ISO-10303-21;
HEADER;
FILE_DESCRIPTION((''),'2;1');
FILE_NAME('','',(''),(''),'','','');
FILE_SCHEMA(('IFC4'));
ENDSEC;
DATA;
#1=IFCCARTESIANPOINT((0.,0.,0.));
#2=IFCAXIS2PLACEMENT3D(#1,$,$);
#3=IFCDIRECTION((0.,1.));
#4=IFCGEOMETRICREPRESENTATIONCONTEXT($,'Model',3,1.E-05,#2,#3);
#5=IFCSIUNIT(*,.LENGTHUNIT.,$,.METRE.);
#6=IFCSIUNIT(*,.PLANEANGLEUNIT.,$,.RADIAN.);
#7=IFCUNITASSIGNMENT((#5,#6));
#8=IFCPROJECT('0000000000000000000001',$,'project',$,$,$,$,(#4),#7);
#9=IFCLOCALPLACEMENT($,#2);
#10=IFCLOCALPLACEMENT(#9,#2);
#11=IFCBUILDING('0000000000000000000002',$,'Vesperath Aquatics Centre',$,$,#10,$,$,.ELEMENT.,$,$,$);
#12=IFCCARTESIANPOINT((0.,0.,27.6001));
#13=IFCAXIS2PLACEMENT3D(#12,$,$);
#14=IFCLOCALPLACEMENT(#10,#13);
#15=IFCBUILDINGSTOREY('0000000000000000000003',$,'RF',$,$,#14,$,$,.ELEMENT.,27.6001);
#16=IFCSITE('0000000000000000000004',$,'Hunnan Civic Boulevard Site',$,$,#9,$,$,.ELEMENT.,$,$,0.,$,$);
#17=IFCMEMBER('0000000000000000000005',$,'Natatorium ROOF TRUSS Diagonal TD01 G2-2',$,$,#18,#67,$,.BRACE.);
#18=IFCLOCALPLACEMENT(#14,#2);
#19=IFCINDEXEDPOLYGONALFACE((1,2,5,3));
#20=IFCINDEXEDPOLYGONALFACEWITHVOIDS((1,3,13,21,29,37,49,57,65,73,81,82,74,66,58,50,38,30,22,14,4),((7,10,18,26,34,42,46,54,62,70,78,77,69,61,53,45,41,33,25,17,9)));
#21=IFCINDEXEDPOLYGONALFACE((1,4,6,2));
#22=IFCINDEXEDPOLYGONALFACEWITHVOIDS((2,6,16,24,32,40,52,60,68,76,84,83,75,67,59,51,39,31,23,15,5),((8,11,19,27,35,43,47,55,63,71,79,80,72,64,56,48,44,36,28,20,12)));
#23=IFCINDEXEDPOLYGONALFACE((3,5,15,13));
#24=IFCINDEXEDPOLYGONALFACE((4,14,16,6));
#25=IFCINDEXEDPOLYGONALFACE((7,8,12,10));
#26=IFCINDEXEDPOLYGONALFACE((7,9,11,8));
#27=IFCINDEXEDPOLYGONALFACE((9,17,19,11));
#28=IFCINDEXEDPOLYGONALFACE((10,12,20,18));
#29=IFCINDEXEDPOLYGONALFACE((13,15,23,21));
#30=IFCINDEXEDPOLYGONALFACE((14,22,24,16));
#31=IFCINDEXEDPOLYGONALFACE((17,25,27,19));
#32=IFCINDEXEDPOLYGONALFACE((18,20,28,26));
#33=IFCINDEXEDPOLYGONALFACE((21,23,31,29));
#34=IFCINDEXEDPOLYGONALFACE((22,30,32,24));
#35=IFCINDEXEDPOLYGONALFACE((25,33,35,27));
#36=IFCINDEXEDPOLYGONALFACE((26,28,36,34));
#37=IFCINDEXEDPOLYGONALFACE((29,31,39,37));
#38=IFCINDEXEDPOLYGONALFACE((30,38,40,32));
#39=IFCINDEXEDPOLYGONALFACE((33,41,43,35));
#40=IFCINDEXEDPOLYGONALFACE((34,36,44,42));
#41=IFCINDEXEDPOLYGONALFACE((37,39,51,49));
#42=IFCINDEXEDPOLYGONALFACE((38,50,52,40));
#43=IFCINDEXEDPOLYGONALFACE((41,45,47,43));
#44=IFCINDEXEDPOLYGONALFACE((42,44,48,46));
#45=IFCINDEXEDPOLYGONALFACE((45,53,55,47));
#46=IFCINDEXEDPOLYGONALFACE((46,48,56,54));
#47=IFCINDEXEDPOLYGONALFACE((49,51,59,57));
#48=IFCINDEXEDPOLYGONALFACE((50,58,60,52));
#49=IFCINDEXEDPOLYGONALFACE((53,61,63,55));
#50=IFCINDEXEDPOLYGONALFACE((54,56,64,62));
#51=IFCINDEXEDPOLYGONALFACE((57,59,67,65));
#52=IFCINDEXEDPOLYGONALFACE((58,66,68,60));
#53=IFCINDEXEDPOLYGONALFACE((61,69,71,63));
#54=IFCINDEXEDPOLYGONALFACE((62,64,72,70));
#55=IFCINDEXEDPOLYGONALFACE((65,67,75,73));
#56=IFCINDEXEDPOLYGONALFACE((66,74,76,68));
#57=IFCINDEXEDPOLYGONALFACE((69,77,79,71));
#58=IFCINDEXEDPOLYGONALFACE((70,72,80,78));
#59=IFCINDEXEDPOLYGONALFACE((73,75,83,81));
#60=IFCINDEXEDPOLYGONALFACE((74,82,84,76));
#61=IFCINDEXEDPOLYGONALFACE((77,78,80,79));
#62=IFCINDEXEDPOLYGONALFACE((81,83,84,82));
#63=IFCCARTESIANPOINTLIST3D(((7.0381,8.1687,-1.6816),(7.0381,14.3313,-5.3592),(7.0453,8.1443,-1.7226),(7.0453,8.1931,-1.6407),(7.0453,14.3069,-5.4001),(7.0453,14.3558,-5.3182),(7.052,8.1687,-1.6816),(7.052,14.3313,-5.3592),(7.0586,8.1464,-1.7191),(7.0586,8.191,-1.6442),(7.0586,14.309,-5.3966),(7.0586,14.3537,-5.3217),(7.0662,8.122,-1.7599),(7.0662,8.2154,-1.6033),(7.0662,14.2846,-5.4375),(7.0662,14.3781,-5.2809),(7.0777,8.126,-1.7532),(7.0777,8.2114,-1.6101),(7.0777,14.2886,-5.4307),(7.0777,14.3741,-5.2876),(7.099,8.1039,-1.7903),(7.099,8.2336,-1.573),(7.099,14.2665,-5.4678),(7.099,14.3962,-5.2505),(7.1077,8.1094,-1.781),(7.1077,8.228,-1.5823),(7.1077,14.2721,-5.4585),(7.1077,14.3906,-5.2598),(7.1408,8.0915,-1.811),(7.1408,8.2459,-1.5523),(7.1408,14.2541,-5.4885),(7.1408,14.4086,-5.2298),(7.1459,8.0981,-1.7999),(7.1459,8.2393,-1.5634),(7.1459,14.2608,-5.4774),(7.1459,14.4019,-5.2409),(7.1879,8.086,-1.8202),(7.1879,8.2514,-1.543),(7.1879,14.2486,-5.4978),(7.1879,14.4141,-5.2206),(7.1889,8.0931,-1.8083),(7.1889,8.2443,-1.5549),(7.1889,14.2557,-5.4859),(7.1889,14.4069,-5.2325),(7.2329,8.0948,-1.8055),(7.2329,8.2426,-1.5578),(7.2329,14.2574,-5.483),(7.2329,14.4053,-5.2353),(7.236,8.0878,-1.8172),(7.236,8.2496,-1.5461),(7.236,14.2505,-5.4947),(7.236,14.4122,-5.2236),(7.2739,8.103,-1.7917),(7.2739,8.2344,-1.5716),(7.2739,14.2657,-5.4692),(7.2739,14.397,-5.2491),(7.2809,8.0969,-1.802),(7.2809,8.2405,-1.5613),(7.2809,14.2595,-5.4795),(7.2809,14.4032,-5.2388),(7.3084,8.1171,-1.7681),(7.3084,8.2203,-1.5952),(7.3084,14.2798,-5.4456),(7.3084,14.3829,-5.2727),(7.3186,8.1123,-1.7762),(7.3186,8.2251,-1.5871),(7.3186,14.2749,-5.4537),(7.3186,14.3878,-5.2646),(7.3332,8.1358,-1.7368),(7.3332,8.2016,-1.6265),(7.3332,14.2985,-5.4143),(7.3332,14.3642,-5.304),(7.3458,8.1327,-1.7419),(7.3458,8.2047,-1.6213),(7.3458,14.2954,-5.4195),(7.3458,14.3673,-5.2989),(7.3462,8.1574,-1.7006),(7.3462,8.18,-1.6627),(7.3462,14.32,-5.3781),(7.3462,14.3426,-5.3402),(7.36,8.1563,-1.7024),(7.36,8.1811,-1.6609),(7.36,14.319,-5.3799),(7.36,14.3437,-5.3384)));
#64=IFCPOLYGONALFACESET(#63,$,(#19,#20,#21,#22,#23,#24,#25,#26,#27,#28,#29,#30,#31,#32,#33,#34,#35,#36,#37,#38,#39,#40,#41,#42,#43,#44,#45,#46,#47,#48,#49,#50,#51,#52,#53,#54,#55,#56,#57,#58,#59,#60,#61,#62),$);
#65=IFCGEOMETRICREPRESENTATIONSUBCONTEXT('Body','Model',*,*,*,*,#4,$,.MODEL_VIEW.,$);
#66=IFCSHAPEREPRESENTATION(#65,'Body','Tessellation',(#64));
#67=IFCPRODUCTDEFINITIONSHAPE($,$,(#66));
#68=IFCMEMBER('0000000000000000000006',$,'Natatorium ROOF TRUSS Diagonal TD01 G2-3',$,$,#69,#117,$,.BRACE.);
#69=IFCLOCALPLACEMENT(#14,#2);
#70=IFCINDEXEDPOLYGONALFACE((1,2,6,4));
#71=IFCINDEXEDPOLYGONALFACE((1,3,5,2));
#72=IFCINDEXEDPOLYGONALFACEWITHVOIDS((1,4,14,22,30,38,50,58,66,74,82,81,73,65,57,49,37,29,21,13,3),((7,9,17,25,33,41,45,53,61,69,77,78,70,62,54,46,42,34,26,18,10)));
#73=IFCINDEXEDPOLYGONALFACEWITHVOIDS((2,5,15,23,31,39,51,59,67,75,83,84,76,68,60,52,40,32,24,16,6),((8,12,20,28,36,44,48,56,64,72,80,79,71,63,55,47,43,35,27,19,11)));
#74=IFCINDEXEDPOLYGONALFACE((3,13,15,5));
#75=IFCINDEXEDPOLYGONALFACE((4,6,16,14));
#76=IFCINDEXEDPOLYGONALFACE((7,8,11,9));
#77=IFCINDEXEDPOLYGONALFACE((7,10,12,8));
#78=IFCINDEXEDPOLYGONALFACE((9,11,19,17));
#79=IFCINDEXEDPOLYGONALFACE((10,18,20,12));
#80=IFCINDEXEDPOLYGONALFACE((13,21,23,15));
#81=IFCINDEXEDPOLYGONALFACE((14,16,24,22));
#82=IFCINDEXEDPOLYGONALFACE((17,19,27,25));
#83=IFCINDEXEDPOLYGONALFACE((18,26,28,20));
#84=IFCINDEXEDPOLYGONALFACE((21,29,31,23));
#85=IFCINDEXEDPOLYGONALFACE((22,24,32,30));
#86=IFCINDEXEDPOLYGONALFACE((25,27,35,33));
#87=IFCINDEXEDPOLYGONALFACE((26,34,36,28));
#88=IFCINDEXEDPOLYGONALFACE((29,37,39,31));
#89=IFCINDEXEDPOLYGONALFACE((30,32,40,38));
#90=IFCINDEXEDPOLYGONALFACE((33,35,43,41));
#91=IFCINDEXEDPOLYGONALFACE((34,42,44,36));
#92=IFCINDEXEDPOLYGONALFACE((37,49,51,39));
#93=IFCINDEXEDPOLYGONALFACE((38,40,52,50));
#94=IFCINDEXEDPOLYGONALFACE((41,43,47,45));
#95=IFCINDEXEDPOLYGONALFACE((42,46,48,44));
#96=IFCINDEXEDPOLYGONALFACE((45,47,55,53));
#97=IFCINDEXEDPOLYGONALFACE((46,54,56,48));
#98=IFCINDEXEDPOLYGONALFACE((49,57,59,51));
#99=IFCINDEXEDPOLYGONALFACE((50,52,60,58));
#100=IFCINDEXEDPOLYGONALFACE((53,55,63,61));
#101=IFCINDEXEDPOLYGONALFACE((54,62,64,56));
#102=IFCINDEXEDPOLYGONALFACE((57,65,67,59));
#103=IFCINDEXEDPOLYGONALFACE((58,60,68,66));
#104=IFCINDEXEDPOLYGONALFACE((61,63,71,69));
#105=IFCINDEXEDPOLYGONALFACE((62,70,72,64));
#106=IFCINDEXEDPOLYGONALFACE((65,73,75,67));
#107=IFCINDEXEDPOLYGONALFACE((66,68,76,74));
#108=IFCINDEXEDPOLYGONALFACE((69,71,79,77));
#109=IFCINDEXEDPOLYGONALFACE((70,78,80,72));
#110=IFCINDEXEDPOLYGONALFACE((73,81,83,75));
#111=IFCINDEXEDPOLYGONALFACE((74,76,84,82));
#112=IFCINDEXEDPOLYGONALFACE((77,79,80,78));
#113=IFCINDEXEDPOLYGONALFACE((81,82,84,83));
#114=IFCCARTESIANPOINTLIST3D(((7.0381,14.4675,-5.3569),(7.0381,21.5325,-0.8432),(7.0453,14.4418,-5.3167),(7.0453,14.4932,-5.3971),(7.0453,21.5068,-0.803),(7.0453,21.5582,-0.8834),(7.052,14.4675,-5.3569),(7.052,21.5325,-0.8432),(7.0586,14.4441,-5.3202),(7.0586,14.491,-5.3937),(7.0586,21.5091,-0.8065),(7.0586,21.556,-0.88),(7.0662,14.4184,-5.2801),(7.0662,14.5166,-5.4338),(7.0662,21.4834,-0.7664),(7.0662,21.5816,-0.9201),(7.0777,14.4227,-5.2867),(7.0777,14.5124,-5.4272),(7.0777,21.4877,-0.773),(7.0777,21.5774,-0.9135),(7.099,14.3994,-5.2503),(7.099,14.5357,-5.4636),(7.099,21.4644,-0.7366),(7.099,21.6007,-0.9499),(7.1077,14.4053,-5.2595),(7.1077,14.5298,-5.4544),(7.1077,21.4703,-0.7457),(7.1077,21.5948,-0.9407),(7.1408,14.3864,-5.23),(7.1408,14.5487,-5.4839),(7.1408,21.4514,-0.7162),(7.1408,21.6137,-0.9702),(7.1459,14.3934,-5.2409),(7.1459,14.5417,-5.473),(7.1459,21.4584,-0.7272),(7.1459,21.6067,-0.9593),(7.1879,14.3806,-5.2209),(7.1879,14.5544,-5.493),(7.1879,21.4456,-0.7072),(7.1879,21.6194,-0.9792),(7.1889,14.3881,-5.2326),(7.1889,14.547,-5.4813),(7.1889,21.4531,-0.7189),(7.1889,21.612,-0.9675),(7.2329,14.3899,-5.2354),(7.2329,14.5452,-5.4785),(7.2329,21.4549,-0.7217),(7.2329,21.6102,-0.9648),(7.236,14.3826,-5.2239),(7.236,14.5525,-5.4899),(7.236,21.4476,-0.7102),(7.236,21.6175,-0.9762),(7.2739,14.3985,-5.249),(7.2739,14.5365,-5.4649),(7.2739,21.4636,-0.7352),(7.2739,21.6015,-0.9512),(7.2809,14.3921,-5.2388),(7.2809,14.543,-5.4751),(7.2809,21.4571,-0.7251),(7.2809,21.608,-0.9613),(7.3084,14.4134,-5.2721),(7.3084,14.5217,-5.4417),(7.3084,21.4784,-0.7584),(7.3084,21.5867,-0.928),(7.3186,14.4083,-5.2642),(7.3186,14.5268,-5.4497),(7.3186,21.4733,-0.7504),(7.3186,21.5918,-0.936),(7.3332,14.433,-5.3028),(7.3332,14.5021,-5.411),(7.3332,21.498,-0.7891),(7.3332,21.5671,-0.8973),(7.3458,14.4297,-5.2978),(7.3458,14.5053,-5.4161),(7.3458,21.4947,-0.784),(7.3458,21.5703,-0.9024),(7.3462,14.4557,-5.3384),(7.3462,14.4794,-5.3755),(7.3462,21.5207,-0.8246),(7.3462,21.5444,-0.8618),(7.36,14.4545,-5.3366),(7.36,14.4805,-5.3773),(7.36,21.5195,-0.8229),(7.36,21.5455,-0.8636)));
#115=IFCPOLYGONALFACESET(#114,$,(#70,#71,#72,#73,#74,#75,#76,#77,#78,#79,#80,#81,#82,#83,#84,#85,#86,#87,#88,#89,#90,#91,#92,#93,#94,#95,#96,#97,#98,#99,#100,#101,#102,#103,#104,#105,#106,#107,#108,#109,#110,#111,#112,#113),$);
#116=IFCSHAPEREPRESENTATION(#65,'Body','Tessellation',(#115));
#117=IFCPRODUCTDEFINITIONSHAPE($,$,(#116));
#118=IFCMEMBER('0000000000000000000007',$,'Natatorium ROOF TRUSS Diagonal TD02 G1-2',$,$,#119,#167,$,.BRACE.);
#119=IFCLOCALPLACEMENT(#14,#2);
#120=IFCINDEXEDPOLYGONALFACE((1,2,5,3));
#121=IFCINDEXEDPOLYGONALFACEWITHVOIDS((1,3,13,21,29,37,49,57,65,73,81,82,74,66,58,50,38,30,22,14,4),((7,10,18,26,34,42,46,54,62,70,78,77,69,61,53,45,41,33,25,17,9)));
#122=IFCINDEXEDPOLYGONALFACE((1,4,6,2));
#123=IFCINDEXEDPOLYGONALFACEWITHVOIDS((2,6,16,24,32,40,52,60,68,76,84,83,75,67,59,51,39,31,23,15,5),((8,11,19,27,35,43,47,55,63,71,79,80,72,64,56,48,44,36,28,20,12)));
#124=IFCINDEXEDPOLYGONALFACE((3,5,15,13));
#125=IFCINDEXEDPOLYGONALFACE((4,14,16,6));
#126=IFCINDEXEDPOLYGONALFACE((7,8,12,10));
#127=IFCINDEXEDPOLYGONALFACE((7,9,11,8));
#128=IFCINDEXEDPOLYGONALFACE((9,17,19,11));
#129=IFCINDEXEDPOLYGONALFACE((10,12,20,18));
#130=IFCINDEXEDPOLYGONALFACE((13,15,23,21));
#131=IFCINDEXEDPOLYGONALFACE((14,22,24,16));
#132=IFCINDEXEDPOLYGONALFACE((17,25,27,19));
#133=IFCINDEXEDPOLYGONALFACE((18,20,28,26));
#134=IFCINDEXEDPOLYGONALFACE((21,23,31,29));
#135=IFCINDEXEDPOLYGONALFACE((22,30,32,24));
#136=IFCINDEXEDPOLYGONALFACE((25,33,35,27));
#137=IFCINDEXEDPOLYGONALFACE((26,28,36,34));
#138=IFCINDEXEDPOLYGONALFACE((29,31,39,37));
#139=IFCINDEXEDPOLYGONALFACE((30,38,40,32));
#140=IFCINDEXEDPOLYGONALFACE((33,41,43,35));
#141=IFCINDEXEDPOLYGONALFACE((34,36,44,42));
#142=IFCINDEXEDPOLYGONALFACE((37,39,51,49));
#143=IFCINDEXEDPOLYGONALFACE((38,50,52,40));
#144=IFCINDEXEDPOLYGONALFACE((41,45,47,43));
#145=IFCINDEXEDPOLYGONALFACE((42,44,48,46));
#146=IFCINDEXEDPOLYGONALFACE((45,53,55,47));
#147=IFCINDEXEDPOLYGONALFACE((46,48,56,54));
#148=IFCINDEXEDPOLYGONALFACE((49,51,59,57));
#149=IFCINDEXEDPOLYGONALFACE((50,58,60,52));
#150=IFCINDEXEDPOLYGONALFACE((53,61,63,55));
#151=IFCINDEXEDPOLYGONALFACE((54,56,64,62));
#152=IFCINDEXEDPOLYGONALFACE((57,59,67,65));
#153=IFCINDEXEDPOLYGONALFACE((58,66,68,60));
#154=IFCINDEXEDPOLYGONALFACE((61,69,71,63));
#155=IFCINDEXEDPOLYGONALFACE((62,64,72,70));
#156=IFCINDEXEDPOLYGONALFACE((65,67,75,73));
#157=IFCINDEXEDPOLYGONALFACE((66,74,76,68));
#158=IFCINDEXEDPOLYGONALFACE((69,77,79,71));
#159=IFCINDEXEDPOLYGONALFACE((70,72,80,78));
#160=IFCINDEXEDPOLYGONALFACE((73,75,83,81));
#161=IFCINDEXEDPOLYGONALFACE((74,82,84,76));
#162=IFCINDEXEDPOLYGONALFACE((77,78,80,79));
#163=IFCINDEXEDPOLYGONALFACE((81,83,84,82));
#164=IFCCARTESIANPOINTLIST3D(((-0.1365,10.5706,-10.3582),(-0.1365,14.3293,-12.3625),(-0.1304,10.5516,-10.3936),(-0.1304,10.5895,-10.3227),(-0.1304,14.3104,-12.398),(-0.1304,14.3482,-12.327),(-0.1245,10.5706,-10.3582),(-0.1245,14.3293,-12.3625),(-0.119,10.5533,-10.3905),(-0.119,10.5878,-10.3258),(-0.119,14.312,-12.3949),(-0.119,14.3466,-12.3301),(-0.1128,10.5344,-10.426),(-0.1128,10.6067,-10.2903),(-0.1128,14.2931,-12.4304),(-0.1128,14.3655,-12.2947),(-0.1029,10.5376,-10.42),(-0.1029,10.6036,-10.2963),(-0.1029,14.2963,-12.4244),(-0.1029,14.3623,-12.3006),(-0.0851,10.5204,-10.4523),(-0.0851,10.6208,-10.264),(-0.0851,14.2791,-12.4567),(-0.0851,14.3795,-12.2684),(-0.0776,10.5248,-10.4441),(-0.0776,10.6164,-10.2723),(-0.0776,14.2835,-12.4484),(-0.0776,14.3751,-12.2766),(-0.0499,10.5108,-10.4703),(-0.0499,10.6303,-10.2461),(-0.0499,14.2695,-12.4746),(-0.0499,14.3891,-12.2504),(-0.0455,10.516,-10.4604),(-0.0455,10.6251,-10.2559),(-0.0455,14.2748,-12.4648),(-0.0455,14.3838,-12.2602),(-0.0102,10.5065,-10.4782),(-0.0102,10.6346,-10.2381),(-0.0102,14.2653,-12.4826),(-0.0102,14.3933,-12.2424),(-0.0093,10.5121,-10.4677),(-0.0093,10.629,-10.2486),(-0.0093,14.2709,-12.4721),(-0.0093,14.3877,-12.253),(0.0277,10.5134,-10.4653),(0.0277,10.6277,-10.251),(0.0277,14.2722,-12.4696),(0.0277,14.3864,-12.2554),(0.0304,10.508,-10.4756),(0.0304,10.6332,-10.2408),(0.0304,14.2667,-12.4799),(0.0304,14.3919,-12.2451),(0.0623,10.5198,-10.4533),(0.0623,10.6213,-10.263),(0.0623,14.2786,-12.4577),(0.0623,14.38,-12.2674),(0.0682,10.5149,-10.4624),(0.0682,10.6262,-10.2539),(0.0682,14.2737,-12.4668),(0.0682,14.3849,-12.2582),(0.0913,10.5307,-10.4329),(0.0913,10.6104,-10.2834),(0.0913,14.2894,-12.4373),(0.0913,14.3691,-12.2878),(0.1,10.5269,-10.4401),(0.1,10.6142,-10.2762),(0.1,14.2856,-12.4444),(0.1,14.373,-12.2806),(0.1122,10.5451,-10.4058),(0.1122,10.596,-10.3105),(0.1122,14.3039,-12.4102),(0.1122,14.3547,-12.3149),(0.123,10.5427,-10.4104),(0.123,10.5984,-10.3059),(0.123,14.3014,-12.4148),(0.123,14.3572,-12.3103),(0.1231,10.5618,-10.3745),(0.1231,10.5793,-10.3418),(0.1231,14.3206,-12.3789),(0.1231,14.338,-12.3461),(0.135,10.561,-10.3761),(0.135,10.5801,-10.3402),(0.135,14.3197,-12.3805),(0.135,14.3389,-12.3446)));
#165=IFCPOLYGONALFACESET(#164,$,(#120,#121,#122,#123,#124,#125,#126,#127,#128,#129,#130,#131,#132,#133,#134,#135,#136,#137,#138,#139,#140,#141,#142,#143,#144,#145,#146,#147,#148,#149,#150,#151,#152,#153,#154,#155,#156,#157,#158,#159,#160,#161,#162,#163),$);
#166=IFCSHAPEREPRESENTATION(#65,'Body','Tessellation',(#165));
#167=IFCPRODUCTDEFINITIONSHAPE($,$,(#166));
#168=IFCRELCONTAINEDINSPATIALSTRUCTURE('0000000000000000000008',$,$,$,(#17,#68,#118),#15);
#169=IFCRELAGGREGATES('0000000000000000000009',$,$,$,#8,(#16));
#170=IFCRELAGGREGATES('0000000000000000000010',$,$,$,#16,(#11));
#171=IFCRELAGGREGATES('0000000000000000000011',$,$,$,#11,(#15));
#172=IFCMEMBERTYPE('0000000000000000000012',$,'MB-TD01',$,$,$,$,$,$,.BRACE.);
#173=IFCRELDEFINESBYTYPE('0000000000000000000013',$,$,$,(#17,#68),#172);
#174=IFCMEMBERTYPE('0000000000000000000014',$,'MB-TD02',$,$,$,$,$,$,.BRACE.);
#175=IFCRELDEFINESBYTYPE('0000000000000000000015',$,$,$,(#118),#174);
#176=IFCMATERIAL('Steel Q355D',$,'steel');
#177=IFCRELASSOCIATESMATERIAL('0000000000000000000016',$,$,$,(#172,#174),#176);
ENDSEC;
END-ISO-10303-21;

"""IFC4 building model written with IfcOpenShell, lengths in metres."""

from ifc_helpers import new_model, si_unit, direction, frame, origin, origin_2d, place, context, subcontext, project, spatial, hollow_circle, extrude, material, material_profile, profile_set, type_object, element, save


model = new_model("IFC4")

# Units and contexts
model_context = context("Model", 3, precision=1e-05, world=origin(), true_north=direction((0.0, 1.0)))
body_context = subcontext(model_context, "Body", "Model", "MODEL_VIEW")
ifc_project = project(units=[si_unit("LENGTHUNIT", "METRE"), si_unit("PLANEANGLEUNIT", "RADIAN")], contexts=[model_context])

# Site, building, storey
site_placement = place(None, origin())
site = spatial("IfcSite", under=ifc_project, at=site_placement, Name="Hunnan Civic Boulevard Site", CompositionType="ELEMENT", RefElevation=0.0)
building_placement = place(site_placement, origin())
building = spatial("IfcBuilding", under=site, at=building_placement, Name="Vesperath Aquatics Centre", CompositionType="ELEMENT")
storey_placement = place(building_placement, frame((0.0, 0.0, 27.6001)))
storey = spatial("IfcBuildingStorey", under=building, at=storey_placement, Name="RF", CompositionType="ELEMENT", Elevation=27.6001)

# Members
ifc_material_1 = material(Name="Steel Q355D", Category="steel")
ifc_material_profile_1 = material_profile(ifc_material_1, hollow_circle(Radius=0.1619, WallThickness=0.0139, at=origin_2d()), Name="CHS 323.9x14")
ifc_profile_set_1 = profile_set([ifc_material_profile_1], Name="Steel Q355D")
member_type_1 = type_object("IfcMemberType", Name="MB-TD01", PredefinedType="BRACE", material=ifc_profile_set_1)
member_1_placement = place(storey_placement, frame((7.2, 8.1687, -1.6816), z_axis=(0.0, 0.858724, -0.512438), x_axis=(-1.0, 0.0, 0.0)))
element("IfcMember", 1, at=member_1_placement, inside=storey, type_object=member_type_1, Name="Natatorium ROOF TRUSS Diagonal TD01 G2-2", PredefinedType="BRACE", context=body_context, shape_type="SweptSolid", body=[
    extrude(hollow_circle(Radius=0.1619, WallThickness=0.0139, at=origin_2d()), origin(), (0.0, 0.0, 1.0), 7.1765),
])
member_2_placement = place(storey_placement, frame((7.2, 14.4675, -5.3569), z_axis=(0.0, 0.842698, 0.538386), x_axis=(-1.0, 0.0, 0.0)))
element("IfcMember", 2, at=member_2_placement, inside=storey, type_object=member_type_1, Name="Natatorium ROOF TRUSS Diagonal TD01 G2-3", PredefinedType="BRACE", context=body_context, shape_type="SweptSolid", body=[
    extrude(hollow_circle(Radius=0.1619, WallThickness=0.0139, at=origin_2d()), origin(), (0.0, 0.0, 1.0), 8.3838),
])
ifc_material_profile_2 = material_profile(ifc_material_1, hollow_circle(Radius=0.1365, WallThickness=0.012, at=origin_2d()), Name="CHS 273.0x12")
ifc_profile_set_2 = profile_set([ifc_material_profile_2], Name="Steel Q355D")
member_type_2 = type_object("IfcMemberType", Name="MB-TD02", PredefinedType="BRACE", material=ifc_profile_set_2)
member_3_placement = place(storey_placement, frame((0.0, 10.5706, -10.3582), z_axis=(0.0, 0.882381, -0.470535), x_axis=(-1.0, 0.0, 0.0)))
element("IfcMember", 3, at=member_3_placement, inside=storey, type_object=member_type_2, Name="Natatorium ROOF TRUSS Diagonal TD02 G1-2", PredefinedType="BRACE", context=body_context, shape_type="SweptSolid", body=[
    extrude(hollow_circle(Radius=0.1365, WallThickness=0.012, at=origin_2d()), origin(), (0.0, 0.0, 1.0), 4.2598),
])

save(model, "model.ifc")
